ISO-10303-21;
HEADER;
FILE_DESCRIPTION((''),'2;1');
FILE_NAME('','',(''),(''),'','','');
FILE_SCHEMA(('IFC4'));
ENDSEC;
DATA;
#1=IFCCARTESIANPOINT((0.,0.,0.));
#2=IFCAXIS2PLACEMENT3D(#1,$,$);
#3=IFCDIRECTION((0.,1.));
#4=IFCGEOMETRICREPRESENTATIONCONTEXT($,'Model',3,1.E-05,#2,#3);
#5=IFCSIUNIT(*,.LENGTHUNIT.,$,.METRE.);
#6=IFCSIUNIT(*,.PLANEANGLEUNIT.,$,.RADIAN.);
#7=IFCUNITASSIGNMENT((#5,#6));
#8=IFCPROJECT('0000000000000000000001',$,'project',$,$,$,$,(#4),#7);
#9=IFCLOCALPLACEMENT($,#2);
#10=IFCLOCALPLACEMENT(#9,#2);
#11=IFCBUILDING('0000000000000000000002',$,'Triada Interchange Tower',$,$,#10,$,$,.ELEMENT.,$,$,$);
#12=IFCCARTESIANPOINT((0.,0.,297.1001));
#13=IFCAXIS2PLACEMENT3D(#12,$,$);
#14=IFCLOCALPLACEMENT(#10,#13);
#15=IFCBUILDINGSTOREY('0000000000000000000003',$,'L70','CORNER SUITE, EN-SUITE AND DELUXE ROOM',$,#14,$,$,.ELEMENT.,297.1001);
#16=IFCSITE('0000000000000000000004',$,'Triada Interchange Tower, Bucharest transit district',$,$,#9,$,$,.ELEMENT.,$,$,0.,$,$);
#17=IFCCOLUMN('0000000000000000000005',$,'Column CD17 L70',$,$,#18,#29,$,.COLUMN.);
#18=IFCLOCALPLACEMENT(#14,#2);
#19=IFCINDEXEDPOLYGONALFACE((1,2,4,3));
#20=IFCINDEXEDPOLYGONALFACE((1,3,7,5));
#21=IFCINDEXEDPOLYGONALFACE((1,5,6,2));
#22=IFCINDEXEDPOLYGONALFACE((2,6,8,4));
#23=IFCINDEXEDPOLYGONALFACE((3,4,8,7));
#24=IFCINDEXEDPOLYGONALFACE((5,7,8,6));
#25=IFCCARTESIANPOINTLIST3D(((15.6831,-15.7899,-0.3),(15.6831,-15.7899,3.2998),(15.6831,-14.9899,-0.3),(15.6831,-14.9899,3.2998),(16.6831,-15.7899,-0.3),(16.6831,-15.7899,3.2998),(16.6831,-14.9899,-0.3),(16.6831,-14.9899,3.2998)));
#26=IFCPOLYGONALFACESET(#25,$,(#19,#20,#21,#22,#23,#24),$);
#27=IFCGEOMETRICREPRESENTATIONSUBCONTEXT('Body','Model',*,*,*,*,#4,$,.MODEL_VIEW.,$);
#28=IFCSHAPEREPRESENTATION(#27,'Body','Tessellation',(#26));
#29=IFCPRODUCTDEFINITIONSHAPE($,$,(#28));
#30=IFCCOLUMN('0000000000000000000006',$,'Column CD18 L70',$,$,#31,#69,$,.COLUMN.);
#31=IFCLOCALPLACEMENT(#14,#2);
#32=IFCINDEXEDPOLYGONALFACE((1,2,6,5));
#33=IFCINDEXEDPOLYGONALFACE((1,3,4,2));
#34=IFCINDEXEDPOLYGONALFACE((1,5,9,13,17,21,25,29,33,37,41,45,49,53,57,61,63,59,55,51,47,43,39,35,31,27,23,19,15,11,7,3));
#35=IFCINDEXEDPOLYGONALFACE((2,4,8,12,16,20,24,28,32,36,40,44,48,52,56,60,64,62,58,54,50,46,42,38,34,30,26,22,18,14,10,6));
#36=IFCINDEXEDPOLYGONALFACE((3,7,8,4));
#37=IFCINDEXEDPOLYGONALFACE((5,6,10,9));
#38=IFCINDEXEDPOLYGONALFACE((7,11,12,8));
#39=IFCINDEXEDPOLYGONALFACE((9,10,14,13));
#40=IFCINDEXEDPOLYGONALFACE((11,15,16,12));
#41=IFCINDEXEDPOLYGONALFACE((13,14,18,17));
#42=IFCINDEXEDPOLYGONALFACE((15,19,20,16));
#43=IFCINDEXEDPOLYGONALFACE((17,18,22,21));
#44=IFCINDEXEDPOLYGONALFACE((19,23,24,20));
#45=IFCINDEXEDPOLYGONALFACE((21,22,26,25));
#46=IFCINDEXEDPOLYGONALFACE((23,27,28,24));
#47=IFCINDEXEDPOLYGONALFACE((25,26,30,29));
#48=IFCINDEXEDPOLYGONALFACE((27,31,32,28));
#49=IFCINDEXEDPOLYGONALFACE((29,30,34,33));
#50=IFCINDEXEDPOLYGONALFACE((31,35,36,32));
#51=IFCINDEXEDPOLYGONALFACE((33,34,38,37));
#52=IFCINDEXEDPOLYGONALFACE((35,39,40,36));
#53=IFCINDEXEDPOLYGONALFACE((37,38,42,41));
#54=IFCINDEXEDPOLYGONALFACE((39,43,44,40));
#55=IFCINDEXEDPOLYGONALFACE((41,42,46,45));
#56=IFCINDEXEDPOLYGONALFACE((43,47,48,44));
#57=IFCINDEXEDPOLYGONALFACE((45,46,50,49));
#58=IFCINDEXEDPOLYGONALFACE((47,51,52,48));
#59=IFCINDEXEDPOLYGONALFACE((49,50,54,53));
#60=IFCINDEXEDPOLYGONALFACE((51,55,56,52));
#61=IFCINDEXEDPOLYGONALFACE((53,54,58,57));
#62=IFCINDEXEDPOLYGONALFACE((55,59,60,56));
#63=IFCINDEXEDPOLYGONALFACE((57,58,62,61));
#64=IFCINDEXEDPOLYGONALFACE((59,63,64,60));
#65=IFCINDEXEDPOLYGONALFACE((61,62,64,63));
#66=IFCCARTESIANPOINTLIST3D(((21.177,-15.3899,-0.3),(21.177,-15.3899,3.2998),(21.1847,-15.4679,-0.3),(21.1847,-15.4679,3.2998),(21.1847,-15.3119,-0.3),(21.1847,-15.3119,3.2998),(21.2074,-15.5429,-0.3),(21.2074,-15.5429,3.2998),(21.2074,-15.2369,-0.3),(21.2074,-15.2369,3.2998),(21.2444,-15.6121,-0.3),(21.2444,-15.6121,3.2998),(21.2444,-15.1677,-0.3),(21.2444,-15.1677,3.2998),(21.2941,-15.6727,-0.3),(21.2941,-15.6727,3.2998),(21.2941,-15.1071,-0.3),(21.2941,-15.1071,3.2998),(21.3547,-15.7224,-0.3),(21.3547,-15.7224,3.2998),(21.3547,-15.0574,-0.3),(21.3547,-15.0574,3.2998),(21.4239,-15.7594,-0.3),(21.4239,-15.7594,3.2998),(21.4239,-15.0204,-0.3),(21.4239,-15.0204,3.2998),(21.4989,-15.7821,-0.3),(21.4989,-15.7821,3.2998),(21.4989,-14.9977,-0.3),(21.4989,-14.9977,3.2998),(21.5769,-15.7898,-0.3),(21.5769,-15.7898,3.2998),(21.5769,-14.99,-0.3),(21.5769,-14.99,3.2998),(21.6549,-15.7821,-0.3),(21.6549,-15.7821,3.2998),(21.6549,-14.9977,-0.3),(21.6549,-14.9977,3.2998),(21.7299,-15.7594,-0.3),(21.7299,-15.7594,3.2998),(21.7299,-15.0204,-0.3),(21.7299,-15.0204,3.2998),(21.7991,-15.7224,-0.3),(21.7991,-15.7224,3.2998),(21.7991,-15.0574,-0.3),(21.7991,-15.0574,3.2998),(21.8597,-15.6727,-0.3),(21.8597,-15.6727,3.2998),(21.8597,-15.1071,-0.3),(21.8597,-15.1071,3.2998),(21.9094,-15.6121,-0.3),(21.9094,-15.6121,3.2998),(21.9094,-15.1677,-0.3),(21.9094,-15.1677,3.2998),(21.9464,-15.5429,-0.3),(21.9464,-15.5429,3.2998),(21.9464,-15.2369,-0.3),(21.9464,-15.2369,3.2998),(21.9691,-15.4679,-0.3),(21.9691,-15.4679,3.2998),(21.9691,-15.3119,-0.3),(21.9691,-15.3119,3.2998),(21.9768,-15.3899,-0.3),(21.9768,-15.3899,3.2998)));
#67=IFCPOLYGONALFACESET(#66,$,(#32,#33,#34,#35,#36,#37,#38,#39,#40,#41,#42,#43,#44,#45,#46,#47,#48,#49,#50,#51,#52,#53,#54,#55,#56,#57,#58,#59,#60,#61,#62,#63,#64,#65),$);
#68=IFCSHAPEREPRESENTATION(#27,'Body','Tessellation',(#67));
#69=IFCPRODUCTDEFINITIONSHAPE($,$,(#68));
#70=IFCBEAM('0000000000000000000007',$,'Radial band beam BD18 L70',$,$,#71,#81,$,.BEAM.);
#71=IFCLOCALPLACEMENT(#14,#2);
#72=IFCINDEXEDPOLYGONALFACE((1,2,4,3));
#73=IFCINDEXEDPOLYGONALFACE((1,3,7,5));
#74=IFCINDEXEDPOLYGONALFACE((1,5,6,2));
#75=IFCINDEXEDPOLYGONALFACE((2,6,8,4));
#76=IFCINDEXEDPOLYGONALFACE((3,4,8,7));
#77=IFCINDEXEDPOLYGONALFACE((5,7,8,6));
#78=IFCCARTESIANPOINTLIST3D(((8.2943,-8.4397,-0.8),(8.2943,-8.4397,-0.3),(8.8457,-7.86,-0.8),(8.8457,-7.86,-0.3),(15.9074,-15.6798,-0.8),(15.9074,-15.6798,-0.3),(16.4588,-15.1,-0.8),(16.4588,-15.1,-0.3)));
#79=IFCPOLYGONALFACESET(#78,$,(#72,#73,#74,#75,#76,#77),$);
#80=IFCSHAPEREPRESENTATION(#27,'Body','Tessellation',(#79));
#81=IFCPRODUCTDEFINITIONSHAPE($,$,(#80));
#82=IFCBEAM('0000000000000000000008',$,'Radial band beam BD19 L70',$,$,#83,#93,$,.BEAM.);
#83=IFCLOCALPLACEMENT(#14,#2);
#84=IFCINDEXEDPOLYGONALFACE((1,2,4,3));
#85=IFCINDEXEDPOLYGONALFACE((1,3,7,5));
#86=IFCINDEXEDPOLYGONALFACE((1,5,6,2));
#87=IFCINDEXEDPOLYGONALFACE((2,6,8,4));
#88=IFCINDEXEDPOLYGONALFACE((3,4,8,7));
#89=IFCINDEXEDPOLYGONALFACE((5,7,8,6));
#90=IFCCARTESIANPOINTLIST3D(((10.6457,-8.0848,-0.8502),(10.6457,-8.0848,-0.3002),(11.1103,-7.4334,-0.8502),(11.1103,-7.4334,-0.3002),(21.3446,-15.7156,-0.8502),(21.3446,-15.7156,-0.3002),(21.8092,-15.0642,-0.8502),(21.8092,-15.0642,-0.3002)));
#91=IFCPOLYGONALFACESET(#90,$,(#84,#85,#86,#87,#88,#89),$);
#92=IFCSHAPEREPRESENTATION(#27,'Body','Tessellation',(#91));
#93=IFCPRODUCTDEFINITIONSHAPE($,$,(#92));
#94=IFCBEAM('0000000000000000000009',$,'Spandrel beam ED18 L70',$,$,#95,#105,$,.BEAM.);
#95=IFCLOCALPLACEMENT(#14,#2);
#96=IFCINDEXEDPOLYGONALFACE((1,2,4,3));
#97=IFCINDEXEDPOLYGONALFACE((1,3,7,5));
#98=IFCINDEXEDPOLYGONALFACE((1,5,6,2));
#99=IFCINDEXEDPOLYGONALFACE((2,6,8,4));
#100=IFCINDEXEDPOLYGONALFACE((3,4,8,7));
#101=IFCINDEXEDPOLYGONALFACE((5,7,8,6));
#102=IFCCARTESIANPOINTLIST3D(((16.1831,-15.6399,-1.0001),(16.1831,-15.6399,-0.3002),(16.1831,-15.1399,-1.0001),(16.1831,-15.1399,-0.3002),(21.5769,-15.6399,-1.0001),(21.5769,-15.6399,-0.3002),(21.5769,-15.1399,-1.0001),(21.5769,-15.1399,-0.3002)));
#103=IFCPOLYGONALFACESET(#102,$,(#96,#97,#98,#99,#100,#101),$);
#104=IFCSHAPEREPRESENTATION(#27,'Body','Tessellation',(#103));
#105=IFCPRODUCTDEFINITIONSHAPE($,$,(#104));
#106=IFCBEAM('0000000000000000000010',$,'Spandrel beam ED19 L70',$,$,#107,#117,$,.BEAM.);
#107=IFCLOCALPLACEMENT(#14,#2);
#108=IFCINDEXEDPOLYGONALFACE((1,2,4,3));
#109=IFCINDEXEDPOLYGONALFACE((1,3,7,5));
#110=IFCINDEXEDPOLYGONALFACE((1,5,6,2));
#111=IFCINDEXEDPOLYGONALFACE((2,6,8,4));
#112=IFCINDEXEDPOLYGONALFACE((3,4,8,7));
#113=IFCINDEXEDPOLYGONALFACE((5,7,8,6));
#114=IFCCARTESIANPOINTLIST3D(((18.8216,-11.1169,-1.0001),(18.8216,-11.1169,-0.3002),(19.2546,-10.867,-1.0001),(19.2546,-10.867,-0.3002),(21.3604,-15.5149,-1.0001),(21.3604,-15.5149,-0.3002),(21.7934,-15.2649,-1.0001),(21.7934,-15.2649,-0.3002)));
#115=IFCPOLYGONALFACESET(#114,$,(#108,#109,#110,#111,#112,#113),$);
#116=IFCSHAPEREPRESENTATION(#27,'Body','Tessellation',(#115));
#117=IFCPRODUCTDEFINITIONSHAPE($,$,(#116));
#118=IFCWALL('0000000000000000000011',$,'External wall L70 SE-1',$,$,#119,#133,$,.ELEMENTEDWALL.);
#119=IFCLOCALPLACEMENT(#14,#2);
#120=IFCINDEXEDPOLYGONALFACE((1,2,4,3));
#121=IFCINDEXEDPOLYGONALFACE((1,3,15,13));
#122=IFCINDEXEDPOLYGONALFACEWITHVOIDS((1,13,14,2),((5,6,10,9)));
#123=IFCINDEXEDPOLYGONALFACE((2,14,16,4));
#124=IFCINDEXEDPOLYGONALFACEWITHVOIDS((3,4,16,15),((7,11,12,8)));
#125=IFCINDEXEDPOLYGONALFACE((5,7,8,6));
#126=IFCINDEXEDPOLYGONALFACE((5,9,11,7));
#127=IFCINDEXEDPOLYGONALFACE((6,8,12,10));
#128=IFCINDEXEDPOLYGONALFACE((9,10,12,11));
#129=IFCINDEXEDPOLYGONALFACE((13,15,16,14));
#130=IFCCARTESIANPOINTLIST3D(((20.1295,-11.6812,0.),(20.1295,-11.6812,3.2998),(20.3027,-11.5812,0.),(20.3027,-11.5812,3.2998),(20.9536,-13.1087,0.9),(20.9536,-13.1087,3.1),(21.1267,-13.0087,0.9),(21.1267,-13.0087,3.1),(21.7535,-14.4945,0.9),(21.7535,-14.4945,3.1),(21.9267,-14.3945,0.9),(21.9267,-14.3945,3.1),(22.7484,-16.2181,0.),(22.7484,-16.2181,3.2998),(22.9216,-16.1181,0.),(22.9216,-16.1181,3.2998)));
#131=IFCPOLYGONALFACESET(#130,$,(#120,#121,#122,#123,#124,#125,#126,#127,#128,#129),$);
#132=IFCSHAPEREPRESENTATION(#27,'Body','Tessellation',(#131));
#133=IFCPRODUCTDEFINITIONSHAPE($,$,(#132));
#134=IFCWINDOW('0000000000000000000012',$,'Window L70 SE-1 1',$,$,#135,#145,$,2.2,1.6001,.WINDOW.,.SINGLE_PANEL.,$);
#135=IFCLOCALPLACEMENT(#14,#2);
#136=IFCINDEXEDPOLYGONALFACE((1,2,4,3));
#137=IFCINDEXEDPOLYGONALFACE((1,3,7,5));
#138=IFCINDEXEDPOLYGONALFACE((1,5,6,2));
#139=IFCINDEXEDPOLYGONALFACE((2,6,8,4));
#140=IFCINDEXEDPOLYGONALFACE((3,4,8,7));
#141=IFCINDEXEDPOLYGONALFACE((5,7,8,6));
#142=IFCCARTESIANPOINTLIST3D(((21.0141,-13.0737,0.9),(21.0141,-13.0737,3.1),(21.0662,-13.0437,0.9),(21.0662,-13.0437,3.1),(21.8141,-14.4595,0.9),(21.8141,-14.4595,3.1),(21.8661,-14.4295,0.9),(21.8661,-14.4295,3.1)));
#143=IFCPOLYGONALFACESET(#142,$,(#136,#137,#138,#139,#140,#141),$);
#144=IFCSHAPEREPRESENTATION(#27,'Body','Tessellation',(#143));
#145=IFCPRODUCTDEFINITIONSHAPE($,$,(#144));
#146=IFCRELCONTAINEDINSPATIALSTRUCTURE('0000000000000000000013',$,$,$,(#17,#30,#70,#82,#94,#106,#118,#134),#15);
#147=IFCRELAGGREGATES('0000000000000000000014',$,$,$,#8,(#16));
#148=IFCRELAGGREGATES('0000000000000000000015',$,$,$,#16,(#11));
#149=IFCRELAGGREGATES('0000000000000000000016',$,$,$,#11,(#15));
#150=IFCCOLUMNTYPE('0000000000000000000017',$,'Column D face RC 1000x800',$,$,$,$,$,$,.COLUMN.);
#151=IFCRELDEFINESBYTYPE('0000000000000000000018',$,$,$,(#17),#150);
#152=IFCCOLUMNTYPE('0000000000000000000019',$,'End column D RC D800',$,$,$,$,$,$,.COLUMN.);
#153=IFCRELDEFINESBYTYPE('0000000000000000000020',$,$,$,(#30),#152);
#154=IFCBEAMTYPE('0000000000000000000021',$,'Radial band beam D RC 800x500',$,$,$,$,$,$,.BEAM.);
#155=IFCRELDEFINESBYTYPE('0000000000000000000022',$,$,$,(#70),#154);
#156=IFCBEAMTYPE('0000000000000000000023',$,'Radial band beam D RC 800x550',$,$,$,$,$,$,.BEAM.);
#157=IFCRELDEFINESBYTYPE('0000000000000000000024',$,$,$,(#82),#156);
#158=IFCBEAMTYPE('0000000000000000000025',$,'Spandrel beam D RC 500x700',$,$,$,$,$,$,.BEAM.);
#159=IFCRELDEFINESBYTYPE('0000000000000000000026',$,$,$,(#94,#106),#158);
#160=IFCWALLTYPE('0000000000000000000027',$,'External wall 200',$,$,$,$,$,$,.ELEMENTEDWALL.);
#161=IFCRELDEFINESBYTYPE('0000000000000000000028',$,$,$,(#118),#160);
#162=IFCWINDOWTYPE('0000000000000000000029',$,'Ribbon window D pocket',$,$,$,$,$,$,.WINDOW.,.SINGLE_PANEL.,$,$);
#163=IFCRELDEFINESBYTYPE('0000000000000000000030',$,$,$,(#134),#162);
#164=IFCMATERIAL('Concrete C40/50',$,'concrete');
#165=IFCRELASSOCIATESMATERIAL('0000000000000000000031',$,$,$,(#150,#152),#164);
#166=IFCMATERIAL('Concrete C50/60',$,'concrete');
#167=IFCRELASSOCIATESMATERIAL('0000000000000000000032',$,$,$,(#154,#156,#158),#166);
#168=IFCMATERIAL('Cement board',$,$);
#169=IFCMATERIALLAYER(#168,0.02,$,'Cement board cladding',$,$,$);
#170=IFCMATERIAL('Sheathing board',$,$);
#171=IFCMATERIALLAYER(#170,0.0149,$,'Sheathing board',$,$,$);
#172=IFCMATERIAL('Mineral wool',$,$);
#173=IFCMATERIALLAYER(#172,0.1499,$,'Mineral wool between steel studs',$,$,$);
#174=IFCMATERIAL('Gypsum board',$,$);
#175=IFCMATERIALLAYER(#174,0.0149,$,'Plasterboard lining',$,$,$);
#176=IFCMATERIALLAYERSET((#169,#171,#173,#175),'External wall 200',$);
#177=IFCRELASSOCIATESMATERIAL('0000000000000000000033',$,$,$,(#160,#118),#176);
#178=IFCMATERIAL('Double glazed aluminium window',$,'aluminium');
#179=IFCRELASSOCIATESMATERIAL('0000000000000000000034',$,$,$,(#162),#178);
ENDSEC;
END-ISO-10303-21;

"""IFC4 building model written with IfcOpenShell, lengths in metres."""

from ifc_helpers import new_model, si_unit, direction, frame, frame_2d, origin, origin_2d, place, context, subcontext, project, spatial, rectangle, circle, extrude, material, layer, layer_set, layer_usage, material_profile, profile_set, type_object, element, fill, save


model = new_model("IFC4")

# Units and contexts
model_context = context("Model", 3, precision=1e-05, world=origin(), true_north=direction((0.0, 1.0)))
body_context = subcontext(model_context, "Body", "Model", "MODEL_VIEW")
ifc_project = project(units=[si_unit("LENGTHUNIT", "METRE"), si_unit("PLANEANGLEUNIT", "RADIAN")], contexts=[model_context])

# Site, building, storey
site_placement = place(None, origin())
site = spatial("IfcSite", under=ifc_project, at=site_placement, Name="Triada Interchange Tower, Bucharest transit district", CompositionType="ELEMENT", RefElevation=0.0)
building_placement = place(site_placement, origin())
building = spatial("IfcBuilding", under=site, at=building_placement, Name="Triada Interchange Tower", CompositionType="ELEMENT")
storey_placement = place(building_placement, frame((0.0, 0.0, 297.1001)))
storey = spatial("IfcBuildingStorey", under=building, at=storey_placement, Name="L70", Description="CORNER SUITE, EN-SUITE AND DELUXE ROOM", CompositionType="ELEMENT", Elevation=297.1001)

# Columns
ifc_material_1 = material(Name="Concrete C40/50", Category="concrete")
ifc_material_profile_1 = material_profile(ifc_material_1, rectangle(XDim=1.0, YDim=0.8, at=origin_2d()), Name="RC 1000x800")
ifc_profile_set_1 = profile_set([ifc_material_profile_1], Name="Concrete C40/50")
column_type_1 = type_object("IfcColumnType", Name="Column D face RC 1000x800", PredefinedType="COLUMN", material=ifc_profile_set_1)
column_1_placement = place(storey_placement, frame((16.1831, -15.3899, -0.3), z_axis=(0.0, 0.0, 1.0), x_axis=(1.0, 0.0, 0.0)))
element("IfcColumn", 1, at=column_1_placement, inside=storey, type_object=column_type_1, Name="Column CD17 L70", PredefinedType="COLUMN", context=body_context, shape_type="SweptSolid", body=[
    extrude(rectangle(XDim=1.0, YDim=0.8, at=origin_2d()), origin(), (0.0, 0.0, 1.0), 3.5999),
])
ifc_material_profile_2 = material_profile(ifc_material_1, circle(Radius=0.3999, at=origin_2d()), Name="RC D800")
ifc_profile_set_2 = profile_set([ifc_material_profile_2], Name="Concrete C40/50")
column_type_2 = type_object("IfcColumnType", Name="End column D RC D800", PredefinedType="COLUMN", material=ifc_profile_set_2)
column_2_placement = place(storey_placement, frame((21.5769, -15.3899, -0.3), z_axis=(0.0, 0.0, 1.0), x_axis=(1.0, 0.0, 0.0)))
element("IfcColumn", 2, at=column_2_placement, inside=storey, type_object=column_type_2, Name="Column CD18 L70", PredefinedType="COLUMN", context=body_context, shape_type="SweptSolid", body=[
    extrude(circle(Radius=0.3999, at=origin_2d()), origin(), (0.0, 0.0, 1.0), 3.5999),
])

# Beams
ifc_material_2 = material(Name="Concrete C50/60", Category="concrete")
ifc_material_profile_3 = material_profile(ifc_material_2, rectangle(XDim=0.8, YDim=0.5, at=origin_2d()), Name="RC 800x500")
ifc_profile_set_3 = profile_set([ifc_material_profile_3], Name="Concrete C50/60")
beam_type_1 = type_object("IfcBeamType", Name="Radial band beam D RC 800x500", PredefinedType="BEAM", material=ifc_profile_set_3)
beam_1_placement = place(storey_placement, frame((16.1831, -15.3899, -0.55), z_axis=(-0.724638, 0.68913, 0.0), x_axis=(-0.68913, -0.724638, 0.0)))
element("IfcBeam", 3, at=beam_1_placement, inside=storey, type_object=beam_type_1, Name="Radial band beam BD18 L70", PredefinedType="BEAM", context=body_context, shape_type="SweptSolid", body=[
    extrude(rectangle(XDim=0.8, YDim=0.5, at=origin_2d()), origin(), (0.0, 0.0, 1.0), 10.5061),
])
ifc_material_profile_4 = material_profile(ifc_material_2, rectangle(XDim=0.8, YDim=0.55, at=origin_2d()), Name="RC 800x550")
ifc_profile_set_4 = profile_set([ifc_material_profile_4], Name="Concrete C50/60")
beam_type_2 = type_object("IfcBeamType", Name="Radial band beam D RC 800x550", PredefinedType="BEAM", material=ifc_profile_set_4)
beam_2_placement = place(storey_placement, frame((21.5769, -15.3899, -0.5752), z_axis=(-0.814139, 0.58067, 0.0), x_axis=(-0.58067, -0.814139, 0.0)))
element("IfcBeam", 4, at=beam_2_placement, inside=storey, type_object=beam_type_2, Name="Radial band beam BD19 L70", PredefinedType="BEAM", context=body_context, shape_type="SweptSolid", body=[
    extrude(rectangle(XDim=0.8, YDim=0.55, at=origin_2d()), origin(), (0.0, 0.0, 1.0), 13.1414),
])
ifc_material_profile_5 = material_profile(ifc_material_2, rectangle(XDim=0.5, YDim=0.7, at=origin_2d()), Name="RC 500x700")
ifc_profile_set_5 = profile_set([ifc_material_profile_5], Name="Concrete C50/60")
beam_type_3 = type_object("IfcBeamType", Name="Spandrel beam D RC 500x700", PredefinedType="BEAM", material=ifc_profile_set_5)
beam_3_placement = place(storey_placement, frame((16.1831, -15.3899, -0.6501), z_axis=(1.0, 0.0, 0.0), x_axis=(0.0, 1.0, 0.0)))
element("IfcBeam", 5, at=beam_3_placement, inside=storey, type_object=beam_type_3, Name="Spandrel beam ED18 L70", PredefinedType="BEAM", context=body_context, shape_type="SweptSolid", body=[
    extrude(rectangle(XDim=0.5, YDim=0.7, at=origin_2d()), origin(), (0.0, 0.0, 1.0), 5.3938),
])
beam_4_placement = place(storey_placement, frame((21.5769, -15.3899, -0.6501), z_axis=(-0.49995, 0.866054, 0.0), x_axis=(-0.866054, -0.49995, 0.0)))
element("IfcBeam", 6, at=beam_4_placement, inside=storey, type_object=beam_type_3, Name="Spandrel beam ED19 L70", PredefinedType="BEAM", context=body_context, shape_type="SweptSolid", body=[
    extrude(rectangle(XDim=0.5, YDim=0.7, at=origin_2d()), origin(), (0.0, 0.0, 1.0), 5.0781),
])

# Wall, opening, window
ifc_material_3 = material(Name="Cement board")
ifc_layer_1 = layer(ifc_material_3, 0.02, Name="Cement board cladding")
ifc_material_4 = material(Name="Sheathing board")
ifc_layer_2 = layer(ifc_material_4, 0.0149, Name="Sheathing board")
ifc_material_5 = material(Name="Mineral wool")
ifc_layer_3 = layer(ifc_material_5, 0.1499, Name="Mineral wool between steel studs")
ifc_material_6 = material(Name="Gypsum board")
ifc_layer_4 = layer(ifc_material_6, 0.0149, Name="Plasterboard lining")
ifc_layer_set_1 = layer_set([ifc_layer_1, ifc_layer_2, ifc_layer_3, ifc_layer_4], Name="External wall 200")
ifc_layer_usage = layer_usage(ifc_layer_set_1, "AXIS2", "POSITIVE", -0.1001)
wall_type_1 = type_object("IfcWallType", Name="External wall 200", PredefinedType="ELEMENTEDWALL", material=ifc_layer_set_1)
wall_1_placement = place(storey_placement, frame((22.835, -16.168, 0.0), z_axis=(0.0, 0.0, 1.0), x_axis=(-0.499934, 0.866064, 0.0)))
wall_1 = element("IfcWall", 7, at=wall_1_placement, inside=storey, type_object=wall_type_1, material=ifc_layer_usage, Name="External wall L70 SE-1", PredefinedType="ELEMENTEDWALL", context=body_context, shape_type="SweptSolid", body=[
    extrude(rectangle(XDim=5.2385, YDim=0.2, at=frame_2d((2.6191, 0.0))), origin(), (0.0, 0.0, 1.0), 3.2998),
])
opening_1_placement = place(wall_1_placement, frame((1.99, 0.0, 0.8999)))
opening_1 = element("IfcOpeningElement", 8, at=opening_1_placement, cuts=wall_1, PredefinedType="OPENING", context=body_context, shape_type="SweptSolid", body=[
    extrude(rectangle(XDim=1.6001, YDim=2.2, at=frame_2d((0.8, 1.1001))), frame((0.0, 0.1099, 0.0), z_axis=(0.0, -1.0, 0.0), x_axis=(1.0, 0.0, 0.0)), (0.0, 0.0, 1.0), 0.22),
])
ifc_material_7 = material(Name="Double glazed aluminium window", Category="aluminium")
window_type_1 = type_object("IfcWindowType", Name="Ribbon window D pocket", PartitioningType="SINGLE_PANEL", PredefinedType="WINDOW", material=ifc_material_7)
window_1_placement = place(opening_1_placement, origin())
window_1 = element("IfcWindow", 9, at=window_1_placement, inside=storey, type_object=window_type_1, Name="Window L70 SE-1 1", OverallHeight=2.2, OverallWidth=1.6001, PartitioningType="SINGLE_PANEL", PredefinedType="WINDOW", context=body_context, shape_type="SweptSolid", body=[
    extrude(rectangle(XDim=1.6001, YDim=2.2, at=frame_2d((0.8, 1.1001))), frame((0.0, 0.03, 0.0), z_axis=(0.0, -1.0, 0.0), x_axis=(1.0, 0.0, 0.0)), (0.0, 0.0, 1.0), 0.0601),
])
fill(opening_1, window_1)

save(model, "model.ifc")
